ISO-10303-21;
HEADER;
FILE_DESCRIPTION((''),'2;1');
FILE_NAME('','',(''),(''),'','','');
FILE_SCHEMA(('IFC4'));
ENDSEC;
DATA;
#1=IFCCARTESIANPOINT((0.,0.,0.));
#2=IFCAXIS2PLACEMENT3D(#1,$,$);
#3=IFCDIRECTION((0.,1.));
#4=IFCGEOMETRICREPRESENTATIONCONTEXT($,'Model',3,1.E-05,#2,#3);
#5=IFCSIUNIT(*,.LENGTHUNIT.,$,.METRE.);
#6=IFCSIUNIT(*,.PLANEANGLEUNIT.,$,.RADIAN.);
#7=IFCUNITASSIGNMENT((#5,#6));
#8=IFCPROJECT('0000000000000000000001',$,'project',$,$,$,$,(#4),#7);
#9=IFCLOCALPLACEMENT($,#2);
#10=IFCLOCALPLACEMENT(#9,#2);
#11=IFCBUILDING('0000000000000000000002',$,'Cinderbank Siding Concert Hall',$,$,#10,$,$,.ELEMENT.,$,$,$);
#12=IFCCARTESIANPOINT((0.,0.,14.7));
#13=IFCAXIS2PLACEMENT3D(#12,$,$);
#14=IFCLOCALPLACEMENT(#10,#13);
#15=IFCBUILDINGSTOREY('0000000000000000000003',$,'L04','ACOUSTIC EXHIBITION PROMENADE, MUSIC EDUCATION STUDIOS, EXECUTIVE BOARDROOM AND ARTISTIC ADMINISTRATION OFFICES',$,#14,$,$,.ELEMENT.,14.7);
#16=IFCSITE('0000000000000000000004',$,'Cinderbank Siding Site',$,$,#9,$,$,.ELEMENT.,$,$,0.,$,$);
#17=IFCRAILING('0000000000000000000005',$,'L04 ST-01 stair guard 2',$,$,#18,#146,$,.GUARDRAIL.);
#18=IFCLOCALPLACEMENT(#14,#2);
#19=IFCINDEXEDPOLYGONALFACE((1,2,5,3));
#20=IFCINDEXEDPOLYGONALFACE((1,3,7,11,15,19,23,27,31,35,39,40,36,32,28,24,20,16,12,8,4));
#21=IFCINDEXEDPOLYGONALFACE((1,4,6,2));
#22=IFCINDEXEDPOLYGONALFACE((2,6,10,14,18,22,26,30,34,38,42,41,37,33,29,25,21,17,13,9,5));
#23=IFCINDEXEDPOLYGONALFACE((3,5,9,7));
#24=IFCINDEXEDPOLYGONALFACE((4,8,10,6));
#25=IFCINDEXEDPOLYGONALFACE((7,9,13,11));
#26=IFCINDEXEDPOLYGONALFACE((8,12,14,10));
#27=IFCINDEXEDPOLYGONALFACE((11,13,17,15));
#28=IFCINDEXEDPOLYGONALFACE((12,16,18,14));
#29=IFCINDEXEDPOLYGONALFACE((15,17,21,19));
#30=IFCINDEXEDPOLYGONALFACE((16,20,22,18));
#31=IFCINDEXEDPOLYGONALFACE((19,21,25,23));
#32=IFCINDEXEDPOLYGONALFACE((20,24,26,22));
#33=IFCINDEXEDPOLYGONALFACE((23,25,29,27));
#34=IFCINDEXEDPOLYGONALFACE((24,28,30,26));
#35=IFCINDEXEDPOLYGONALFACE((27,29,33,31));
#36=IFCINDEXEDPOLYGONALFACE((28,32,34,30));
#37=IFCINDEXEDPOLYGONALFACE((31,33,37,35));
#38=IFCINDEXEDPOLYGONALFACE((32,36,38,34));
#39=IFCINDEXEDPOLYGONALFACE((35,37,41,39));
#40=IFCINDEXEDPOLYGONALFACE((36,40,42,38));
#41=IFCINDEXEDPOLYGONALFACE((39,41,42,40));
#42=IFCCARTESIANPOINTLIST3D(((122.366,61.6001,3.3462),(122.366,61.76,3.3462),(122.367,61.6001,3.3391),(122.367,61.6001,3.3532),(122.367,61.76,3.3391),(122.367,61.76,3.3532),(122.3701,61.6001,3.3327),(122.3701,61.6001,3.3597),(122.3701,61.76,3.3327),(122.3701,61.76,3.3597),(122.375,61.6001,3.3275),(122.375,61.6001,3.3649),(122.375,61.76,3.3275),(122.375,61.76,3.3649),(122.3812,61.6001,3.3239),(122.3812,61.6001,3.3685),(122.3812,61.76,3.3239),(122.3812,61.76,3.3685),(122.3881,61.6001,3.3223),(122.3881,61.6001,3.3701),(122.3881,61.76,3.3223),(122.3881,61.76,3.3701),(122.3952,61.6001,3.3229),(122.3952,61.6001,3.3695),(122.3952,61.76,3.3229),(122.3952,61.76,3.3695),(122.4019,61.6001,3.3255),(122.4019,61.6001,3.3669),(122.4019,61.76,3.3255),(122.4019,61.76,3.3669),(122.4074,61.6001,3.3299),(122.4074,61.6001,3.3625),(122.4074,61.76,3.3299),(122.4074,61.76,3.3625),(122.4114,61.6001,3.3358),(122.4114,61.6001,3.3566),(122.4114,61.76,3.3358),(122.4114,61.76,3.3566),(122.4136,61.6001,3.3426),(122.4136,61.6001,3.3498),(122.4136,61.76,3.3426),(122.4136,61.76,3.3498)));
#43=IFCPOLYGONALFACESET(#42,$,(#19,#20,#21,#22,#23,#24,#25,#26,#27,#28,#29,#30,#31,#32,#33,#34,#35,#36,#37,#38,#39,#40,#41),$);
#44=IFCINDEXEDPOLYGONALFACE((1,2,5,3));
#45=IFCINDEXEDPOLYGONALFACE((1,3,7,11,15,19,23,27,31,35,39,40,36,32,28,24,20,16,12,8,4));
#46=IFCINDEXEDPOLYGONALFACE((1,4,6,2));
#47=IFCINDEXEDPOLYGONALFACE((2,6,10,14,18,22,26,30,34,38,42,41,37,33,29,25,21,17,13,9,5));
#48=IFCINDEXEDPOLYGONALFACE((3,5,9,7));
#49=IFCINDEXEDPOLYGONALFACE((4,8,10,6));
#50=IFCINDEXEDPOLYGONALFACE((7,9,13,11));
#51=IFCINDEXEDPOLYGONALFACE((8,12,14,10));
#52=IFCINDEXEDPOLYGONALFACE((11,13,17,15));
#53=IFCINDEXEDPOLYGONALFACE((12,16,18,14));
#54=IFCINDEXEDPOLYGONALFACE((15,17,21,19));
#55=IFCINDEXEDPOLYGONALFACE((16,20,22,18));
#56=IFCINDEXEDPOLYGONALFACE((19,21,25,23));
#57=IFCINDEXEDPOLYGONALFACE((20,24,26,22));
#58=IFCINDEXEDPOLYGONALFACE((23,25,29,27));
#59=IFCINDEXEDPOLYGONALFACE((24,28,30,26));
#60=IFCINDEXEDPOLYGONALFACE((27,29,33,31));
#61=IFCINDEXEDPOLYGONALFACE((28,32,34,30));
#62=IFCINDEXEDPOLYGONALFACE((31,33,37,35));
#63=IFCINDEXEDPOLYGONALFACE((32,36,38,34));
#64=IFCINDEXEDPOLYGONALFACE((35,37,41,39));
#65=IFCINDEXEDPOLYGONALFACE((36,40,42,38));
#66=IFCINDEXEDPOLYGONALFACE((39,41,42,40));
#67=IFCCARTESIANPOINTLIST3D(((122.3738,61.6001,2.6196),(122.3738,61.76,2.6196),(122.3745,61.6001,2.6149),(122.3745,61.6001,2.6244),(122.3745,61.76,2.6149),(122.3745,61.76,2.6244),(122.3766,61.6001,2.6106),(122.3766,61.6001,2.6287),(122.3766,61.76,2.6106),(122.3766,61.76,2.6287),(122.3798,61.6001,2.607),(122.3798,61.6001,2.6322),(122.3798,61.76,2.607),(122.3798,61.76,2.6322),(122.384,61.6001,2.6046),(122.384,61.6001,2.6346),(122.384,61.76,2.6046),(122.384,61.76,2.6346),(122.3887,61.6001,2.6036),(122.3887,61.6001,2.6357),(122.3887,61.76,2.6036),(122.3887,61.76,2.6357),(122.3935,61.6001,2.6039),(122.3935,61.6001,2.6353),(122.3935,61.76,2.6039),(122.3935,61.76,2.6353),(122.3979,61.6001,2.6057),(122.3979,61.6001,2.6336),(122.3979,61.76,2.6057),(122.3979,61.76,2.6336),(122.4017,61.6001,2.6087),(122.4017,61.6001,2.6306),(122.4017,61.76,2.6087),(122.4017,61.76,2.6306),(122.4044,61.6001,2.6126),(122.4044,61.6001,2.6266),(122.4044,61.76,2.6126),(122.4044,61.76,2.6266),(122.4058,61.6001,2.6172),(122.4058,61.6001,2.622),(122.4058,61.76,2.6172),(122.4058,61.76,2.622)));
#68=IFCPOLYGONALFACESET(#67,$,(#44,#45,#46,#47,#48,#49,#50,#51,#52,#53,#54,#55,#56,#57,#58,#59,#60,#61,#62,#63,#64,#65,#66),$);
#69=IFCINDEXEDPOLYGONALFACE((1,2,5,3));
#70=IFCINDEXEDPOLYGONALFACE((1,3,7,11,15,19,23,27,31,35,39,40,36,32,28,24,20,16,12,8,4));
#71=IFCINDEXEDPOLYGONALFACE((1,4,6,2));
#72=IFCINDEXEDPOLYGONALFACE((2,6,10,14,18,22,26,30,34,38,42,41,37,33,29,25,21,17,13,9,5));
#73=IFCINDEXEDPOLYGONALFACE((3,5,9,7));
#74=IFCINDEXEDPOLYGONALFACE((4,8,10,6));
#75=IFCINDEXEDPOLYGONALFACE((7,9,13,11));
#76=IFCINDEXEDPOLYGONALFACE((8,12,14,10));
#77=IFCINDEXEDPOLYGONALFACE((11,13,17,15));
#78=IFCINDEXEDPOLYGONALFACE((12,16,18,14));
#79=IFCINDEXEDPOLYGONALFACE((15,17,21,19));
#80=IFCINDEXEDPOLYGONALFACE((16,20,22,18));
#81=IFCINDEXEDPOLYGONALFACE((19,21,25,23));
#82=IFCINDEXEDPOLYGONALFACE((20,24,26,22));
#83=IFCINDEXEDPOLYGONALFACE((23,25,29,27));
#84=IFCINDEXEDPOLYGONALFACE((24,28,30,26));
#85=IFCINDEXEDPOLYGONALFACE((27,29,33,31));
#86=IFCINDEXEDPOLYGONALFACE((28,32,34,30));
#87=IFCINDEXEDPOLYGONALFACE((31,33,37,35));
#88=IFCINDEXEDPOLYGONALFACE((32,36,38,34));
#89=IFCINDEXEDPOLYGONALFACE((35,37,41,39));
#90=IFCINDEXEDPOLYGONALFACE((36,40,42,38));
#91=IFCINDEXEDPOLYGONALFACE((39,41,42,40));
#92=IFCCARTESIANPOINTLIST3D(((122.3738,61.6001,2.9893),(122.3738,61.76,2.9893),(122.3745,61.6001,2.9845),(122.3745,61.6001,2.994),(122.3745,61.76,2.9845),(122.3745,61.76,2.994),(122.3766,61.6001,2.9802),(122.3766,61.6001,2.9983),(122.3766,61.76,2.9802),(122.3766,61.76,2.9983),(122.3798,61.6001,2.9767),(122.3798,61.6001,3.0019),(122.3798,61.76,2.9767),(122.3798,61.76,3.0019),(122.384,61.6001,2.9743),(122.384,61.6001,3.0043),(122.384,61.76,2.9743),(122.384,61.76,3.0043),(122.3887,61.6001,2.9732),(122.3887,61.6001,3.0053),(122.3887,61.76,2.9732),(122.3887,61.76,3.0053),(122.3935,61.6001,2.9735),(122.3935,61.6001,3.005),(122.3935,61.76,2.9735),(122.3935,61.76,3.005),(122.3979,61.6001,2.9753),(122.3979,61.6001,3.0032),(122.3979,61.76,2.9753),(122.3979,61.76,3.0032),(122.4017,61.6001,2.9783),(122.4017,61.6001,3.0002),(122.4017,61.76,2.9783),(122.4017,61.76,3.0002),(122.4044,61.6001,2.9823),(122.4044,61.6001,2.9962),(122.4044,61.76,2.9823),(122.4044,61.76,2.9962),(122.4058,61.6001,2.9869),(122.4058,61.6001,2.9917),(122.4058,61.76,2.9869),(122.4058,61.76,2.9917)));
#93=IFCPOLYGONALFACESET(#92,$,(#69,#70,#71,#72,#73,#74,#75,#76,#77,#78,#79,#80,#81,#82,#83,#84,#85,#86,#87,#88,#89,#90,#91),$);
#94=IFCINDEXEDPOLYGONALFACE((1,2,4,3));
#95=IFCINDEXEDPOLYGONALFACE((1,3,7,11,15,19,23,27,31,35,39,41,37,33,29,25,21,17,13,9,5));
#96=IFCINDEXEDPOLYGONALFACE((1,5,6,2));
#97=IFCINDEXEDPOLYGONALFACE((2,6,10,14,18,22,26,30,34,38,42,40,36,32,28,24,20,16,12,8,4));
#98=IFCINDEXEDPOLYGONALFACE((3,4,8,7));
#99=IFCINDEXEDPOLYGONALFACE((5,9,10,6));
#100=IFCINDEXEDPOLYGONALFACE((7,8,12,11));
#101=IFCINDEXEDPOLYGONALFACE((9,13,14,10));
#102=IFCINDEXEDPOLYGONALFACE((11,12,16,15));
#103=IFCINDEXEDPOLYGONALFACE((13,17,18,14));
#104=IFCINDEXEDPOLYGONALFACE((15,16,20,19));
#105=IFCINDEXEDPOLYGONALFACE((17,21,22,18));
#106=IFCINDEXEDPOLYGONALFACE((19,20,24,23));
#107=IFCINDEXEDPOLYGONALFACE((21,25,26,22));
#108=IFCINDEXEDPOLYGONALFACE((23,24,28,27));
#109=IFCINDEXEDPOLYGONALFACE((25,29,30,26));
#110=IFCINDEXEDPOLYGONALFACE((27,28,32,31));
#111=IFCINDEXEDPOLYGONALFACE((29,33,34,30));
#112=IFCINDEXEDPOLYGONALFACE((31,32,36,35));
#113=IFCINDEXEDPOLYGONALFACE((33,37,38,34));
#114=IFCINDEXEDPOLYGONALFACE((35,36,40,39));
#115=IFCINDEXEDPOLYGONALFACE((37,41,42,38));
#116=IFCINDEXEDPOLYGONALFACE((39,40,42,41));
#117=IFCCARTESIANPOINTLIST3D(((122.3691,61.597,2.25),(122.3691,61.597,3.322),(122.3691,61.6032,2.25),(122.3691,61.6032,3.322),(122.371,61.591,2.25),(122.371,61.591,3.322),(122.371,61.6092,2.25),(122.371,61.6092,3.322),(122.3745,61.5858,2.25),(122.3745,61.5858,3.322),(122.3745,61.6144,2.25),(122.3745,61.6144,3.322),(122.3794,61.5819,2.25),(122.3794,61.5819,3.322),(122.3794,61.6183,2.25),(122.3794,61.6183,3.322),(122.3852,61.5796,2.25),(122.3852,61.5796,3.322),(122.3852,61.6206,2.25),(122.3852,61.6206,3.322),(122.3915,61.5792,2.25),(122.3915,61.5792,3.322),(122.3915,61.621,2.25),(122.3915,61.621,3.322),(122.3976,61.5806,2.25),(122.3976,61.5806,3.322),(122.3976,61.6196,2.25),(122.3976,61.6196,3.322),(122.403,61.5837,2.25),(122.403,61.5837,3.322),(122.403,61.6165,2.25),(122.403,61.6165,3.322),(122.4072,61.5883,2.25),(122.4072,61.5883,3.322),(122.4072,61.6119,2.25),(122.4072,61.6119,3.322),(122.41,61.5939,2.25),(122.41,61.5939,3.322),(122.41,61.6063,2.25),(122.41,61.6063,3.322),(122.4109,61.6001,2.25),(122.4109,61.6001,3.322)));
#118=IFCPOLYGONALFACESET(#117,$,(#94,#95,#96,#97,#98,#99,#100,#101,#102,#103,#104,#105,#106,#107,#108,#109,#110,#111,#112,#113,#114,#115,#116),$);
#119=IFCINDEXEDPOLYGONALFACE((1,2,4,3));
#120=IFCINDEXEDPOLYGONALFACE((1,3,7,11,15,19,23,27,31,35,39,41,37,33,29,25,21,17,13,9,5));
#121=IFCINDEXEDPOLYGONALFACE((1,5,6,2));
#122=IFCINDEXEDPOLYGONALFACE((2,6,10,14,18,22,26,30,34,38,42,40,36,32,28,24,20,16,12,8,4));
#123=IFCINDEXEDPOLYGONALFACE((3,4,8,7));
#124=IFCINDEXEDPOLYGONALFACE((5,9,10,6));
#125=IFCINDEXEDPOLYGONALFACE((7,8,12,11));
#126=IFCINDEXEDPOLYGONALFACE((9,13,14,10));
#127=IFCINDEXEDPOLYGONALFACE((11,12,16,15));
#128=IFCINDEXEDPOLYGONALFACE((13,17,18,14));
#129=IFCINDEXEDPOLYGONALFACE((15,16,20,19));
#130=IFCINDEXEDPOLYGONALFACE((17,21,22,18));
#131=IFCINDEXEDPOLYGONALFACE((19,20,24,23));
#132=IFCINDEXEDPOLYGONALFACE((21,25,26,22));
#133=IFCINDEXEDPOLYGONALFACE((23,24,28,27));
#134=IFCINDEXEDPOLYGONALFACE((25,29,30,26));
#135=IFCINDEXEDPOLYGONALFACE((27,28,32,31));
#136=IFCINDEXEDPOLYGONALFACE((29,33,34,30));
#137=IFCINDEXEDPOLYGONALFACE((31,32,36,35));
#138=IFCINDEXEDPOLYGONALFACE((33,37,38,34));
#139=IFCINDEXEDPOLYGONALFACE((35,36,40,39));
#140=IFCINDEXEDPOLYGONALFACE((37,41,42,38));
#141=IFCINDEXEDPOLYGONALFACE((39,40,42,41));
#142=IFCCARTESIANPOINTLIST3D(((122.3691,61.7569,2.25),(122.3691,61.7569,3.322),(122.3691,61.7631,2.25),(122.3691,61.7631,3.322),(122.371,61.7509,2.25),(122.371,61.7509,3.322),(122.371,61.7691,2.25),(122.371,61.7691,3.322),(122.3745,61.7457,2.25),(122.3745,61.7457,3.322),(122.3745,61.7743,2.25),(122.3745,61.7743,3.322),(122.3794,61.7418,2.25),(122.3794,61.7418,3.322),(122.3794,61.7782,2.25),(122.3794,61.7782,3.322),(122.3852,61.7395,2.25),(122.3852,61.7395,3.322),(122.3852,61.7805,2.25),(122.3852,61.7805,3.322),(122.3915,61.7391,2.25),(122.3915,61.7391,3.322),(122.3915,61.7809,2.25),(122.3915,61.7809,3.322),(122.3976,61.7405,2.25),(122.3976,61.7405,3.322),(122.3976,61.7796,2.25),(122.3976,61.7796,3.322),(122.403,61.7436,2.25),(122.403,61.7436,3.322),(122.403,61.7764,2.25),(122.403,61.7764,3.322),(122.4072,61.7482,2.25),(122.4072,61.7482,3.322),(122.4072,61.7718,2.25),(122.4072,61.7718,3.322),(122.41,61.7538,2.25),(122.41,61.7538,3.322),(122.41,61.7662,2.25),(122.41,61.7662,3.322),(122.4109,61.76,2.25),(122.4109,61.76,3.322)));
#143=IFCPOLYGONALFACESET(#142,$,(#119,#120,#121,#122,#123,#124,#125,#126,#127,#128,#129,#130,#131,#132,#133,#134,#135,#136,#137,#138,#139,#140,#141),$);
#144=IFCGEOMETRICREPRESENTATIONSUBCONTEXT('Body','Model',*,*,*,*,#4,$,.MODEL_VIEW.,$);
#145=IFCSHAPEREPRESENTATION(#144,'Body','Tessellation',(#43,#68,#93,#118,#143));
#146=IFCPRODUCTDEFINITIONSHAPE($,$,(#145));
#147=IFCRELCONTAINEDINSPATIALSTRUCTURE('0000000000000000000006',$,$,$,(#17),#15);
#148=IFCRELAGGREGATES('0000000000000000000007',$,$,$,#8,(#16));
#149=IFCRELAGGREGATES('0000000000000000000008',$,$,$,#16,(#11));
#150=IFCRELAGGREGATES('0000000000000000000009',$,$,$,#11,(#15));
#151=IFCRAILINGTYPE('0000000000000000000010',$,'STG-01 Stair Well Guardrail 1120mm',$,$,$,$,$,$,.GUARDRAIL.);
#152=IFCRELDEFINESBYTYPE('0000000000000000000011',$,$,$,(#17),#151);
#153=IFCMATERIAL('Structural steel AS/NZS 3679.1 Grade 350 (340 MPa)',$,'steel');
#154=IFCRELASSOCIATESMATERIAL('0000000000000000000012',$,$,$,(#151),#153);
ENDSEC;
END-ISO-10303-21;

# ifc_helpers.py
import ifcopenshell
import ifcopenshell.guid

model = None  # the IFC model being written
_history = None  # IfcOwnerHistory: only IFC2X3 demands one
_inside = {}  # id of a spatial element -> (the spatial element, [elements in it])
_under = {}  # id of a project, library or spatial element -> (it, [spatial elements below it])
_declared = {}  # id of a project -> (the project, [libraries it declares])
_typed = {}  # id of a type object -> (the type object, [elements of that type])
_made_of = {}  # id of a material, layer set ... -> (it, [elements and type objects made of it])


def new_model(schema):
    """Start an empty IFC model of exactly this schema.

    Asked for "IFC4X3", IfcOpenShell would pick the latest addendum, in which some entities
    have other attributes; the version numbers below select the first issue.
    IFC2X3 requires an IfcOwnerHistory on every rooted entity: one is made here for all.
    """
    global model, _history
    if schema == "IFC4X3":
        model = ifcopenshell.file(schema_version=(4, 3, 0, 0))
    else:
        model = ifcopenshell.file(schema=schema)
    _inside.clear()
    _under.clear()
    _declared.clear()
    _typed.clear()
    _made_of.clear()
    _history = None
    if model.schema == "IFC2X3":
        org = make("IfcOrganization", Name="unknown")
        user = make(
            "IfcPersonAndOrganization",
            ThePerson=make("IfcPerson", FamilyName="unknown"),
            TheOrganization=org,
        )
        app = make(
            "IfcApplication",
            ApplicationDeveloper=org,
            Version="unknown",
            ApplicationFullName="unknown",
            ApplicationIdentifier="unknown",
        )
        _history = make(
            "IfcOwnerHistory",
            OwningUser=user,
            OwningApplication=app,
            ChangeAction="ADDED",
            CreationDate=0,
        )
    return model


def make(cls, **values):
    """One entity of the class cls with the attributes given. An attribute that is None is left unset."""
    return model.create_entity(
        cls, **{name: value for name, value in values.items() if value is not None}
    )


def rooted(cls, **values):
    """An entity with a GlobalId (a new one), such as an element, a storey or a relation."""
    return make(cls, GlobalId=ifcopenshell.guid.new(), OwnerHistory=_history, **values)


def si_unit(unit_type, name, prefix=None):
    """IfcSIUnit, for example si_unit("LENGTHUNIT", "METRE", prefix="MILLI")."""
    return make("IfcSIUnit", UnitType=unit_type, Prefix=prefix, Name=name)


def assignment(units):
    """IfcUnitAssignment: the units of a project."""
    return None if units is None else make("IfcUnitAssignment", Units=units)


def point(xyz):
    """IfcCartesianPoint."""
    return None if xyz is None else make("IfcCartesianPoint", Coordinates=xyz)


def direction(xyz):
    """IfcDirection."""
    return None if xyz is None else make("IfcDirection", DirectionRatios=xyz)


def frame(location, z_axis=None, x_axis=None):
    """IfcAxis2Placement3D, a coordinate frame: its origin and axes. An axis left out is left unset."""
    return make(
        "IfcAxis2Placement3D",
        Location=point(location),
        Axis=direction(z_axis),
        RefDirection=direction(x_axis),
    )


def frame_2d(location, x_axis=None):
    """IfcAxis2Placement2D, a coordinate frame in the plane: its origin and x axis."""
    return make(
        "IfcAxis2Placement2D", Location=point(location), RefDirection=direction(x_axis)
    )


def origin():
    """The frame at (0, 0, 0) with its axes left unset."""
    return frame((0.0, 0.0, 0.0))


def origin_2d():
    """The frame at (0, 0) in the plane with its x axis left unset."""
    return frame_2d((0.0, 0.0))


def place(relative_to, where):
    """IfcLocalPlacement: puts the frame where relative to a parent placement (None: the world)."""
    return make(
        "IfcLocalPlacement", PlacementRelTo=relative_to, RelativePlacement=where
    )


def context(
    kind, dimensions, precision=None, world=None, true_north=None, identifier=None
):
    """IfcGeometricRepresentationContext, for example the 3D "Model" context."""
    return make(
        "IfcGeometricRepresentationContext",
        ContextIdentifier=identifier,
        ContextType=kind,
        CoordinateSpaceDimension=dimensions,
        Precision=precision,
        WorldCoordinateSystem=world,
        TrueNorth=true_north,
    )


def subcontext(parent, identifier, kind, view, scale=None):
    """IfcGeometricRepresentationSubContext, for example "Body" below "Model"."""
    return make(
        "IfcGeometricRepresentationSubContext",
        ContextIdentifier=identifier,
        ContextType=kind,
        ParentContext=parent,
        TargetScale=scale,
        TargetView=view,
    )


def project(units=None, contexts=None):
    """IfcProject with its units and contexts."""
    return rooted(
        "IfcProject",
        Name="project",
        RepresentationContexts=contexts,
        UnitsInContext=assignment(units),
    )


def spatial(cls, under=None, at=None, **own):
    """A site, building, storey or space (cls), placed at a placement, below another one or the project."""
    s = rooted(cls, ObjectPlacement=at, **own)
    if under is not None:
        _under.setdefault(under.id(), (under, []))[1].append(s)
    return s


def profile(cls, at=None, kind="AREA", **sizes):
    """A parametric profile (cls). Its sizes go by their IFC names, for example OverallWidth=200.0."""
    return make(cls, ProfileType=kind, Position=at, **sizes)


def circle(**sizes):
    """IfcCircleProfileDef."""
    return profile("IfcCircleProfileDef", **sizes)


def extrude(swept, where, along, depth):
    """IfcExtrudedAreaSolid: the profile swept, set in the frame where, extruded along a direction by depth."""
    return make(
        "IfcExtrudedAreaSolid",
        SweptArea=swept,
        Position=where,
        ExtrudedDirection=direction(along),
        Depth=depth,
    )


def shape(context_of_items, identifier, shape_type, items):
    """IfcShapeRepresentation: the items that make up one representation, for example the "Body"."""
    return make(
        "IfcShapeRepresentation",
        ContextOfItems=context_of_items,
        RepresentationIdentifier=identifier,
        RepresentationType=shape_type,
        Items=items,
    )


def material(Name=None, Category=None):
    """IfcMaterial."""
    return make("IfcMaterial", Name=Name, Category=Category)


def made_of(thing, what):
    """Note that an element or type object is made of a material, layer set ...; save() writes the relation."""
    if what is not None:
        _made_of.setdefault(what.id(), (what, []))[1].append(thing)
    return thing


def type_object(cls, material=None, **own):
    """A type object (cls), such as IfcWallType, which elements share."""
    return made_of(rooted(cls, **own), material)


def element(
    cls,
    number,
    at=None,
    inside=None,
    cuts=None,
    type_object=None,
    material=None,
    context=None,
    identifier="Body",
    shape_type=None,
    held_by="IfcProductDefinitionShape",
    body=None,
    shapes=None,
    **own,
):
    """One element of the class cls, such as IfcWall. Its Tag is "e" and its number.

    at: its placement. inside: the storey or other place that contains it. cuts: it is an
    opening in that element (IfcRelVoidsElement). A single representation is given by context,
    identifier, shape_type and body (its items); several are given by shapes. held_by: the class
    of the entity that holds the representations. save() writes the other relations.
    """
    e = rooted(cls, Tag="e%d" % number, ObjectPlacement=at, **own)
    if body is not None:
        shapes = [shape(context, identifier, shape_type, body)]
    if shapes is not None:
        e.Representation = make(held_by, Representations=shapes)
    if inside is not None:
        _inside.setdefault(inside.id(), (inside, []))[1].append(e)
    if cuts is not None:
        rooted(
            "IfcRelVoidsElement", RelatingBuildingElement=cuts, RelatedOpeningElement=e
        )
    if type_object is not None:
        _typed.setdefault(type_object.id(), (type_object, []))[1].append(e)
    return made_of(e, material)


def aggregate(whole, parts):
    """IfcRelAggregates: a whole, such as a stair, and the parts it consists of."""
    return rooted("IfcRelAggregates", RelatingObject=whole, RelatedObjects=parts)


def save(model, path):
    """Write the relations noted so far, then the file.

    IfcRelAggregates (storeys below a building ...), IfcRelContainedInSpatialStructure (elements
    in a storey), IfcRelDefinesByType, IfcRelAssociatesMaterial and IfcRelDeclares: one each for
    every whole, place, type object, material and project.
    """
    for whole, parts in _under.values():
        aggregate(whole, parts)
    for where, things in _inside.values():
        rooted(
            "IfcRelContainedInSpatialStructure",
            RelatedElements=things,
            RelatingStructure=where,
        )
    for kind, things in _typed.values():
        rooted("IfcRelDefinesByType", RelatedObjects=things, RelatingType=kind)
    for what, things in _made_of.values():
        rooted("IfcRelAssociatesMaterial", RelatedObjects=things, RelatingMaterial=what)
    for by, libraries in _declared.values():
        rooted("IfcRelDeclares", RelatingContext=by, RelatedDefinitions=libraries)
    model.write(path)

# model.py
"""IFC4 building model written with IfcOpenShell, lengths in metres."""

from ifc_helpers import new_model, si_unit, direction, frame, origin, origin_2d, place, context, subcontext, project, spatial, circle, extrude, material, type_object, element, save


model = new_model("IFC4")

# Units and contexts
model_context = context("Model", 3, precision=1e-05, world=origin(), true_north=direction((0.0, 1.0)))
body_context = subcontext(model_context, "Body", "Model", "MODEL_VIEW")
ifc_project = project(units=[si_unit("LENGTHUNIT", "METRE"), si_unit("PLANEANGLEUNIT", "RADIAN")], contexts=[model_context])

# Site, building, storey
site_placement = place(None, origin())
site = spatial("IfcSite", under=ifc_project, at=site_placement, Name="Cinderbank Siding Site", CompositionType="ELEMENT", RefElevation=0.0)
building_placement = place(site_placement, origin())
building = spatial("IfcBuilding", under=site, at=building_placement, Name="Cinderbank Siding Concert Hall", CompositionType="ELEMENT")
storey_placement = place(building_placement, frame((0.0, 0.0, 14.7)))
storey = spatial("IfcBuildingStorey", under=building, at=storey_placement, Name="L04", Description="ACOUSTIC EXHIBITION PROMENADE, MUSIC EDUCATION STUDIOS, EXECUTIVE BOARDROOM AND ARTISTIC ADMINISTRATION OFFICES", CompositionType="ELEMENT", Elevation=14.7)

# Shared definitions
ifc_material_1 = material(Name="Structural steel AS/NZS 3679.1 Grade 350 (340 MPa)", Category="steel")

# Railing
railing_type_1 = type_object("IfcRailingType", Name="STG-01 Stair Well Guardrail 1120mm", PredefinedType="GUARDRAIL", material=ifc_material_1)
railing_1_placement = place(storey_placement, frame((122.3899, 61.6001, 2.25)))
element("IfcRailing", 1, at=railing_1_placement, inside=storey, type_object=railing_type_1, Name="L04 ST-01 stair guard 2", PredefinedType="GUARDRAIL", context=body_context, shape_type="SweptSolid", body=[
    extrude(circle(Radius=0.0239, at=origin_2d()), frame((0.0, 0.0, 1.0962), z_axis=(0.0, 1.0, 0.0), x_axis=(-1.0, 0.0, 0.0)), (0.0, 0.0, 1.0), 0.1599),
    extrude(circle(Radius=0.0161, at=origin_2d()), frame((0.0, 0.0, 0.3696), z_axis=(0.0, 1.0, 0.0), x_axis=(-1.0, 0.0, 0.0)), (0.0, 0.0, 1.0), 0.1599),
    extrude(circle(Radius=0.0161, at=origin_2d()), frame((0.0, 0.0, 0.7393), z_axis=(0.0, 1.0, 0.0), x_axis=(-1.0, 0.0, 0.0)), (0.0, 0.0, 1.0), 0.1599),
    extrude(circle(Radius=0.021, at=origin_2d()), origin(), (0.0, 0.0, 1.0), 1.072),
    extrude(circle(Radius=0.021, at=origin_2d()), frame((0.0, 0.1599, 0.0)), (0.0, 0.0, 1.0), 1.072),
])

save(model, "model.ifc")
